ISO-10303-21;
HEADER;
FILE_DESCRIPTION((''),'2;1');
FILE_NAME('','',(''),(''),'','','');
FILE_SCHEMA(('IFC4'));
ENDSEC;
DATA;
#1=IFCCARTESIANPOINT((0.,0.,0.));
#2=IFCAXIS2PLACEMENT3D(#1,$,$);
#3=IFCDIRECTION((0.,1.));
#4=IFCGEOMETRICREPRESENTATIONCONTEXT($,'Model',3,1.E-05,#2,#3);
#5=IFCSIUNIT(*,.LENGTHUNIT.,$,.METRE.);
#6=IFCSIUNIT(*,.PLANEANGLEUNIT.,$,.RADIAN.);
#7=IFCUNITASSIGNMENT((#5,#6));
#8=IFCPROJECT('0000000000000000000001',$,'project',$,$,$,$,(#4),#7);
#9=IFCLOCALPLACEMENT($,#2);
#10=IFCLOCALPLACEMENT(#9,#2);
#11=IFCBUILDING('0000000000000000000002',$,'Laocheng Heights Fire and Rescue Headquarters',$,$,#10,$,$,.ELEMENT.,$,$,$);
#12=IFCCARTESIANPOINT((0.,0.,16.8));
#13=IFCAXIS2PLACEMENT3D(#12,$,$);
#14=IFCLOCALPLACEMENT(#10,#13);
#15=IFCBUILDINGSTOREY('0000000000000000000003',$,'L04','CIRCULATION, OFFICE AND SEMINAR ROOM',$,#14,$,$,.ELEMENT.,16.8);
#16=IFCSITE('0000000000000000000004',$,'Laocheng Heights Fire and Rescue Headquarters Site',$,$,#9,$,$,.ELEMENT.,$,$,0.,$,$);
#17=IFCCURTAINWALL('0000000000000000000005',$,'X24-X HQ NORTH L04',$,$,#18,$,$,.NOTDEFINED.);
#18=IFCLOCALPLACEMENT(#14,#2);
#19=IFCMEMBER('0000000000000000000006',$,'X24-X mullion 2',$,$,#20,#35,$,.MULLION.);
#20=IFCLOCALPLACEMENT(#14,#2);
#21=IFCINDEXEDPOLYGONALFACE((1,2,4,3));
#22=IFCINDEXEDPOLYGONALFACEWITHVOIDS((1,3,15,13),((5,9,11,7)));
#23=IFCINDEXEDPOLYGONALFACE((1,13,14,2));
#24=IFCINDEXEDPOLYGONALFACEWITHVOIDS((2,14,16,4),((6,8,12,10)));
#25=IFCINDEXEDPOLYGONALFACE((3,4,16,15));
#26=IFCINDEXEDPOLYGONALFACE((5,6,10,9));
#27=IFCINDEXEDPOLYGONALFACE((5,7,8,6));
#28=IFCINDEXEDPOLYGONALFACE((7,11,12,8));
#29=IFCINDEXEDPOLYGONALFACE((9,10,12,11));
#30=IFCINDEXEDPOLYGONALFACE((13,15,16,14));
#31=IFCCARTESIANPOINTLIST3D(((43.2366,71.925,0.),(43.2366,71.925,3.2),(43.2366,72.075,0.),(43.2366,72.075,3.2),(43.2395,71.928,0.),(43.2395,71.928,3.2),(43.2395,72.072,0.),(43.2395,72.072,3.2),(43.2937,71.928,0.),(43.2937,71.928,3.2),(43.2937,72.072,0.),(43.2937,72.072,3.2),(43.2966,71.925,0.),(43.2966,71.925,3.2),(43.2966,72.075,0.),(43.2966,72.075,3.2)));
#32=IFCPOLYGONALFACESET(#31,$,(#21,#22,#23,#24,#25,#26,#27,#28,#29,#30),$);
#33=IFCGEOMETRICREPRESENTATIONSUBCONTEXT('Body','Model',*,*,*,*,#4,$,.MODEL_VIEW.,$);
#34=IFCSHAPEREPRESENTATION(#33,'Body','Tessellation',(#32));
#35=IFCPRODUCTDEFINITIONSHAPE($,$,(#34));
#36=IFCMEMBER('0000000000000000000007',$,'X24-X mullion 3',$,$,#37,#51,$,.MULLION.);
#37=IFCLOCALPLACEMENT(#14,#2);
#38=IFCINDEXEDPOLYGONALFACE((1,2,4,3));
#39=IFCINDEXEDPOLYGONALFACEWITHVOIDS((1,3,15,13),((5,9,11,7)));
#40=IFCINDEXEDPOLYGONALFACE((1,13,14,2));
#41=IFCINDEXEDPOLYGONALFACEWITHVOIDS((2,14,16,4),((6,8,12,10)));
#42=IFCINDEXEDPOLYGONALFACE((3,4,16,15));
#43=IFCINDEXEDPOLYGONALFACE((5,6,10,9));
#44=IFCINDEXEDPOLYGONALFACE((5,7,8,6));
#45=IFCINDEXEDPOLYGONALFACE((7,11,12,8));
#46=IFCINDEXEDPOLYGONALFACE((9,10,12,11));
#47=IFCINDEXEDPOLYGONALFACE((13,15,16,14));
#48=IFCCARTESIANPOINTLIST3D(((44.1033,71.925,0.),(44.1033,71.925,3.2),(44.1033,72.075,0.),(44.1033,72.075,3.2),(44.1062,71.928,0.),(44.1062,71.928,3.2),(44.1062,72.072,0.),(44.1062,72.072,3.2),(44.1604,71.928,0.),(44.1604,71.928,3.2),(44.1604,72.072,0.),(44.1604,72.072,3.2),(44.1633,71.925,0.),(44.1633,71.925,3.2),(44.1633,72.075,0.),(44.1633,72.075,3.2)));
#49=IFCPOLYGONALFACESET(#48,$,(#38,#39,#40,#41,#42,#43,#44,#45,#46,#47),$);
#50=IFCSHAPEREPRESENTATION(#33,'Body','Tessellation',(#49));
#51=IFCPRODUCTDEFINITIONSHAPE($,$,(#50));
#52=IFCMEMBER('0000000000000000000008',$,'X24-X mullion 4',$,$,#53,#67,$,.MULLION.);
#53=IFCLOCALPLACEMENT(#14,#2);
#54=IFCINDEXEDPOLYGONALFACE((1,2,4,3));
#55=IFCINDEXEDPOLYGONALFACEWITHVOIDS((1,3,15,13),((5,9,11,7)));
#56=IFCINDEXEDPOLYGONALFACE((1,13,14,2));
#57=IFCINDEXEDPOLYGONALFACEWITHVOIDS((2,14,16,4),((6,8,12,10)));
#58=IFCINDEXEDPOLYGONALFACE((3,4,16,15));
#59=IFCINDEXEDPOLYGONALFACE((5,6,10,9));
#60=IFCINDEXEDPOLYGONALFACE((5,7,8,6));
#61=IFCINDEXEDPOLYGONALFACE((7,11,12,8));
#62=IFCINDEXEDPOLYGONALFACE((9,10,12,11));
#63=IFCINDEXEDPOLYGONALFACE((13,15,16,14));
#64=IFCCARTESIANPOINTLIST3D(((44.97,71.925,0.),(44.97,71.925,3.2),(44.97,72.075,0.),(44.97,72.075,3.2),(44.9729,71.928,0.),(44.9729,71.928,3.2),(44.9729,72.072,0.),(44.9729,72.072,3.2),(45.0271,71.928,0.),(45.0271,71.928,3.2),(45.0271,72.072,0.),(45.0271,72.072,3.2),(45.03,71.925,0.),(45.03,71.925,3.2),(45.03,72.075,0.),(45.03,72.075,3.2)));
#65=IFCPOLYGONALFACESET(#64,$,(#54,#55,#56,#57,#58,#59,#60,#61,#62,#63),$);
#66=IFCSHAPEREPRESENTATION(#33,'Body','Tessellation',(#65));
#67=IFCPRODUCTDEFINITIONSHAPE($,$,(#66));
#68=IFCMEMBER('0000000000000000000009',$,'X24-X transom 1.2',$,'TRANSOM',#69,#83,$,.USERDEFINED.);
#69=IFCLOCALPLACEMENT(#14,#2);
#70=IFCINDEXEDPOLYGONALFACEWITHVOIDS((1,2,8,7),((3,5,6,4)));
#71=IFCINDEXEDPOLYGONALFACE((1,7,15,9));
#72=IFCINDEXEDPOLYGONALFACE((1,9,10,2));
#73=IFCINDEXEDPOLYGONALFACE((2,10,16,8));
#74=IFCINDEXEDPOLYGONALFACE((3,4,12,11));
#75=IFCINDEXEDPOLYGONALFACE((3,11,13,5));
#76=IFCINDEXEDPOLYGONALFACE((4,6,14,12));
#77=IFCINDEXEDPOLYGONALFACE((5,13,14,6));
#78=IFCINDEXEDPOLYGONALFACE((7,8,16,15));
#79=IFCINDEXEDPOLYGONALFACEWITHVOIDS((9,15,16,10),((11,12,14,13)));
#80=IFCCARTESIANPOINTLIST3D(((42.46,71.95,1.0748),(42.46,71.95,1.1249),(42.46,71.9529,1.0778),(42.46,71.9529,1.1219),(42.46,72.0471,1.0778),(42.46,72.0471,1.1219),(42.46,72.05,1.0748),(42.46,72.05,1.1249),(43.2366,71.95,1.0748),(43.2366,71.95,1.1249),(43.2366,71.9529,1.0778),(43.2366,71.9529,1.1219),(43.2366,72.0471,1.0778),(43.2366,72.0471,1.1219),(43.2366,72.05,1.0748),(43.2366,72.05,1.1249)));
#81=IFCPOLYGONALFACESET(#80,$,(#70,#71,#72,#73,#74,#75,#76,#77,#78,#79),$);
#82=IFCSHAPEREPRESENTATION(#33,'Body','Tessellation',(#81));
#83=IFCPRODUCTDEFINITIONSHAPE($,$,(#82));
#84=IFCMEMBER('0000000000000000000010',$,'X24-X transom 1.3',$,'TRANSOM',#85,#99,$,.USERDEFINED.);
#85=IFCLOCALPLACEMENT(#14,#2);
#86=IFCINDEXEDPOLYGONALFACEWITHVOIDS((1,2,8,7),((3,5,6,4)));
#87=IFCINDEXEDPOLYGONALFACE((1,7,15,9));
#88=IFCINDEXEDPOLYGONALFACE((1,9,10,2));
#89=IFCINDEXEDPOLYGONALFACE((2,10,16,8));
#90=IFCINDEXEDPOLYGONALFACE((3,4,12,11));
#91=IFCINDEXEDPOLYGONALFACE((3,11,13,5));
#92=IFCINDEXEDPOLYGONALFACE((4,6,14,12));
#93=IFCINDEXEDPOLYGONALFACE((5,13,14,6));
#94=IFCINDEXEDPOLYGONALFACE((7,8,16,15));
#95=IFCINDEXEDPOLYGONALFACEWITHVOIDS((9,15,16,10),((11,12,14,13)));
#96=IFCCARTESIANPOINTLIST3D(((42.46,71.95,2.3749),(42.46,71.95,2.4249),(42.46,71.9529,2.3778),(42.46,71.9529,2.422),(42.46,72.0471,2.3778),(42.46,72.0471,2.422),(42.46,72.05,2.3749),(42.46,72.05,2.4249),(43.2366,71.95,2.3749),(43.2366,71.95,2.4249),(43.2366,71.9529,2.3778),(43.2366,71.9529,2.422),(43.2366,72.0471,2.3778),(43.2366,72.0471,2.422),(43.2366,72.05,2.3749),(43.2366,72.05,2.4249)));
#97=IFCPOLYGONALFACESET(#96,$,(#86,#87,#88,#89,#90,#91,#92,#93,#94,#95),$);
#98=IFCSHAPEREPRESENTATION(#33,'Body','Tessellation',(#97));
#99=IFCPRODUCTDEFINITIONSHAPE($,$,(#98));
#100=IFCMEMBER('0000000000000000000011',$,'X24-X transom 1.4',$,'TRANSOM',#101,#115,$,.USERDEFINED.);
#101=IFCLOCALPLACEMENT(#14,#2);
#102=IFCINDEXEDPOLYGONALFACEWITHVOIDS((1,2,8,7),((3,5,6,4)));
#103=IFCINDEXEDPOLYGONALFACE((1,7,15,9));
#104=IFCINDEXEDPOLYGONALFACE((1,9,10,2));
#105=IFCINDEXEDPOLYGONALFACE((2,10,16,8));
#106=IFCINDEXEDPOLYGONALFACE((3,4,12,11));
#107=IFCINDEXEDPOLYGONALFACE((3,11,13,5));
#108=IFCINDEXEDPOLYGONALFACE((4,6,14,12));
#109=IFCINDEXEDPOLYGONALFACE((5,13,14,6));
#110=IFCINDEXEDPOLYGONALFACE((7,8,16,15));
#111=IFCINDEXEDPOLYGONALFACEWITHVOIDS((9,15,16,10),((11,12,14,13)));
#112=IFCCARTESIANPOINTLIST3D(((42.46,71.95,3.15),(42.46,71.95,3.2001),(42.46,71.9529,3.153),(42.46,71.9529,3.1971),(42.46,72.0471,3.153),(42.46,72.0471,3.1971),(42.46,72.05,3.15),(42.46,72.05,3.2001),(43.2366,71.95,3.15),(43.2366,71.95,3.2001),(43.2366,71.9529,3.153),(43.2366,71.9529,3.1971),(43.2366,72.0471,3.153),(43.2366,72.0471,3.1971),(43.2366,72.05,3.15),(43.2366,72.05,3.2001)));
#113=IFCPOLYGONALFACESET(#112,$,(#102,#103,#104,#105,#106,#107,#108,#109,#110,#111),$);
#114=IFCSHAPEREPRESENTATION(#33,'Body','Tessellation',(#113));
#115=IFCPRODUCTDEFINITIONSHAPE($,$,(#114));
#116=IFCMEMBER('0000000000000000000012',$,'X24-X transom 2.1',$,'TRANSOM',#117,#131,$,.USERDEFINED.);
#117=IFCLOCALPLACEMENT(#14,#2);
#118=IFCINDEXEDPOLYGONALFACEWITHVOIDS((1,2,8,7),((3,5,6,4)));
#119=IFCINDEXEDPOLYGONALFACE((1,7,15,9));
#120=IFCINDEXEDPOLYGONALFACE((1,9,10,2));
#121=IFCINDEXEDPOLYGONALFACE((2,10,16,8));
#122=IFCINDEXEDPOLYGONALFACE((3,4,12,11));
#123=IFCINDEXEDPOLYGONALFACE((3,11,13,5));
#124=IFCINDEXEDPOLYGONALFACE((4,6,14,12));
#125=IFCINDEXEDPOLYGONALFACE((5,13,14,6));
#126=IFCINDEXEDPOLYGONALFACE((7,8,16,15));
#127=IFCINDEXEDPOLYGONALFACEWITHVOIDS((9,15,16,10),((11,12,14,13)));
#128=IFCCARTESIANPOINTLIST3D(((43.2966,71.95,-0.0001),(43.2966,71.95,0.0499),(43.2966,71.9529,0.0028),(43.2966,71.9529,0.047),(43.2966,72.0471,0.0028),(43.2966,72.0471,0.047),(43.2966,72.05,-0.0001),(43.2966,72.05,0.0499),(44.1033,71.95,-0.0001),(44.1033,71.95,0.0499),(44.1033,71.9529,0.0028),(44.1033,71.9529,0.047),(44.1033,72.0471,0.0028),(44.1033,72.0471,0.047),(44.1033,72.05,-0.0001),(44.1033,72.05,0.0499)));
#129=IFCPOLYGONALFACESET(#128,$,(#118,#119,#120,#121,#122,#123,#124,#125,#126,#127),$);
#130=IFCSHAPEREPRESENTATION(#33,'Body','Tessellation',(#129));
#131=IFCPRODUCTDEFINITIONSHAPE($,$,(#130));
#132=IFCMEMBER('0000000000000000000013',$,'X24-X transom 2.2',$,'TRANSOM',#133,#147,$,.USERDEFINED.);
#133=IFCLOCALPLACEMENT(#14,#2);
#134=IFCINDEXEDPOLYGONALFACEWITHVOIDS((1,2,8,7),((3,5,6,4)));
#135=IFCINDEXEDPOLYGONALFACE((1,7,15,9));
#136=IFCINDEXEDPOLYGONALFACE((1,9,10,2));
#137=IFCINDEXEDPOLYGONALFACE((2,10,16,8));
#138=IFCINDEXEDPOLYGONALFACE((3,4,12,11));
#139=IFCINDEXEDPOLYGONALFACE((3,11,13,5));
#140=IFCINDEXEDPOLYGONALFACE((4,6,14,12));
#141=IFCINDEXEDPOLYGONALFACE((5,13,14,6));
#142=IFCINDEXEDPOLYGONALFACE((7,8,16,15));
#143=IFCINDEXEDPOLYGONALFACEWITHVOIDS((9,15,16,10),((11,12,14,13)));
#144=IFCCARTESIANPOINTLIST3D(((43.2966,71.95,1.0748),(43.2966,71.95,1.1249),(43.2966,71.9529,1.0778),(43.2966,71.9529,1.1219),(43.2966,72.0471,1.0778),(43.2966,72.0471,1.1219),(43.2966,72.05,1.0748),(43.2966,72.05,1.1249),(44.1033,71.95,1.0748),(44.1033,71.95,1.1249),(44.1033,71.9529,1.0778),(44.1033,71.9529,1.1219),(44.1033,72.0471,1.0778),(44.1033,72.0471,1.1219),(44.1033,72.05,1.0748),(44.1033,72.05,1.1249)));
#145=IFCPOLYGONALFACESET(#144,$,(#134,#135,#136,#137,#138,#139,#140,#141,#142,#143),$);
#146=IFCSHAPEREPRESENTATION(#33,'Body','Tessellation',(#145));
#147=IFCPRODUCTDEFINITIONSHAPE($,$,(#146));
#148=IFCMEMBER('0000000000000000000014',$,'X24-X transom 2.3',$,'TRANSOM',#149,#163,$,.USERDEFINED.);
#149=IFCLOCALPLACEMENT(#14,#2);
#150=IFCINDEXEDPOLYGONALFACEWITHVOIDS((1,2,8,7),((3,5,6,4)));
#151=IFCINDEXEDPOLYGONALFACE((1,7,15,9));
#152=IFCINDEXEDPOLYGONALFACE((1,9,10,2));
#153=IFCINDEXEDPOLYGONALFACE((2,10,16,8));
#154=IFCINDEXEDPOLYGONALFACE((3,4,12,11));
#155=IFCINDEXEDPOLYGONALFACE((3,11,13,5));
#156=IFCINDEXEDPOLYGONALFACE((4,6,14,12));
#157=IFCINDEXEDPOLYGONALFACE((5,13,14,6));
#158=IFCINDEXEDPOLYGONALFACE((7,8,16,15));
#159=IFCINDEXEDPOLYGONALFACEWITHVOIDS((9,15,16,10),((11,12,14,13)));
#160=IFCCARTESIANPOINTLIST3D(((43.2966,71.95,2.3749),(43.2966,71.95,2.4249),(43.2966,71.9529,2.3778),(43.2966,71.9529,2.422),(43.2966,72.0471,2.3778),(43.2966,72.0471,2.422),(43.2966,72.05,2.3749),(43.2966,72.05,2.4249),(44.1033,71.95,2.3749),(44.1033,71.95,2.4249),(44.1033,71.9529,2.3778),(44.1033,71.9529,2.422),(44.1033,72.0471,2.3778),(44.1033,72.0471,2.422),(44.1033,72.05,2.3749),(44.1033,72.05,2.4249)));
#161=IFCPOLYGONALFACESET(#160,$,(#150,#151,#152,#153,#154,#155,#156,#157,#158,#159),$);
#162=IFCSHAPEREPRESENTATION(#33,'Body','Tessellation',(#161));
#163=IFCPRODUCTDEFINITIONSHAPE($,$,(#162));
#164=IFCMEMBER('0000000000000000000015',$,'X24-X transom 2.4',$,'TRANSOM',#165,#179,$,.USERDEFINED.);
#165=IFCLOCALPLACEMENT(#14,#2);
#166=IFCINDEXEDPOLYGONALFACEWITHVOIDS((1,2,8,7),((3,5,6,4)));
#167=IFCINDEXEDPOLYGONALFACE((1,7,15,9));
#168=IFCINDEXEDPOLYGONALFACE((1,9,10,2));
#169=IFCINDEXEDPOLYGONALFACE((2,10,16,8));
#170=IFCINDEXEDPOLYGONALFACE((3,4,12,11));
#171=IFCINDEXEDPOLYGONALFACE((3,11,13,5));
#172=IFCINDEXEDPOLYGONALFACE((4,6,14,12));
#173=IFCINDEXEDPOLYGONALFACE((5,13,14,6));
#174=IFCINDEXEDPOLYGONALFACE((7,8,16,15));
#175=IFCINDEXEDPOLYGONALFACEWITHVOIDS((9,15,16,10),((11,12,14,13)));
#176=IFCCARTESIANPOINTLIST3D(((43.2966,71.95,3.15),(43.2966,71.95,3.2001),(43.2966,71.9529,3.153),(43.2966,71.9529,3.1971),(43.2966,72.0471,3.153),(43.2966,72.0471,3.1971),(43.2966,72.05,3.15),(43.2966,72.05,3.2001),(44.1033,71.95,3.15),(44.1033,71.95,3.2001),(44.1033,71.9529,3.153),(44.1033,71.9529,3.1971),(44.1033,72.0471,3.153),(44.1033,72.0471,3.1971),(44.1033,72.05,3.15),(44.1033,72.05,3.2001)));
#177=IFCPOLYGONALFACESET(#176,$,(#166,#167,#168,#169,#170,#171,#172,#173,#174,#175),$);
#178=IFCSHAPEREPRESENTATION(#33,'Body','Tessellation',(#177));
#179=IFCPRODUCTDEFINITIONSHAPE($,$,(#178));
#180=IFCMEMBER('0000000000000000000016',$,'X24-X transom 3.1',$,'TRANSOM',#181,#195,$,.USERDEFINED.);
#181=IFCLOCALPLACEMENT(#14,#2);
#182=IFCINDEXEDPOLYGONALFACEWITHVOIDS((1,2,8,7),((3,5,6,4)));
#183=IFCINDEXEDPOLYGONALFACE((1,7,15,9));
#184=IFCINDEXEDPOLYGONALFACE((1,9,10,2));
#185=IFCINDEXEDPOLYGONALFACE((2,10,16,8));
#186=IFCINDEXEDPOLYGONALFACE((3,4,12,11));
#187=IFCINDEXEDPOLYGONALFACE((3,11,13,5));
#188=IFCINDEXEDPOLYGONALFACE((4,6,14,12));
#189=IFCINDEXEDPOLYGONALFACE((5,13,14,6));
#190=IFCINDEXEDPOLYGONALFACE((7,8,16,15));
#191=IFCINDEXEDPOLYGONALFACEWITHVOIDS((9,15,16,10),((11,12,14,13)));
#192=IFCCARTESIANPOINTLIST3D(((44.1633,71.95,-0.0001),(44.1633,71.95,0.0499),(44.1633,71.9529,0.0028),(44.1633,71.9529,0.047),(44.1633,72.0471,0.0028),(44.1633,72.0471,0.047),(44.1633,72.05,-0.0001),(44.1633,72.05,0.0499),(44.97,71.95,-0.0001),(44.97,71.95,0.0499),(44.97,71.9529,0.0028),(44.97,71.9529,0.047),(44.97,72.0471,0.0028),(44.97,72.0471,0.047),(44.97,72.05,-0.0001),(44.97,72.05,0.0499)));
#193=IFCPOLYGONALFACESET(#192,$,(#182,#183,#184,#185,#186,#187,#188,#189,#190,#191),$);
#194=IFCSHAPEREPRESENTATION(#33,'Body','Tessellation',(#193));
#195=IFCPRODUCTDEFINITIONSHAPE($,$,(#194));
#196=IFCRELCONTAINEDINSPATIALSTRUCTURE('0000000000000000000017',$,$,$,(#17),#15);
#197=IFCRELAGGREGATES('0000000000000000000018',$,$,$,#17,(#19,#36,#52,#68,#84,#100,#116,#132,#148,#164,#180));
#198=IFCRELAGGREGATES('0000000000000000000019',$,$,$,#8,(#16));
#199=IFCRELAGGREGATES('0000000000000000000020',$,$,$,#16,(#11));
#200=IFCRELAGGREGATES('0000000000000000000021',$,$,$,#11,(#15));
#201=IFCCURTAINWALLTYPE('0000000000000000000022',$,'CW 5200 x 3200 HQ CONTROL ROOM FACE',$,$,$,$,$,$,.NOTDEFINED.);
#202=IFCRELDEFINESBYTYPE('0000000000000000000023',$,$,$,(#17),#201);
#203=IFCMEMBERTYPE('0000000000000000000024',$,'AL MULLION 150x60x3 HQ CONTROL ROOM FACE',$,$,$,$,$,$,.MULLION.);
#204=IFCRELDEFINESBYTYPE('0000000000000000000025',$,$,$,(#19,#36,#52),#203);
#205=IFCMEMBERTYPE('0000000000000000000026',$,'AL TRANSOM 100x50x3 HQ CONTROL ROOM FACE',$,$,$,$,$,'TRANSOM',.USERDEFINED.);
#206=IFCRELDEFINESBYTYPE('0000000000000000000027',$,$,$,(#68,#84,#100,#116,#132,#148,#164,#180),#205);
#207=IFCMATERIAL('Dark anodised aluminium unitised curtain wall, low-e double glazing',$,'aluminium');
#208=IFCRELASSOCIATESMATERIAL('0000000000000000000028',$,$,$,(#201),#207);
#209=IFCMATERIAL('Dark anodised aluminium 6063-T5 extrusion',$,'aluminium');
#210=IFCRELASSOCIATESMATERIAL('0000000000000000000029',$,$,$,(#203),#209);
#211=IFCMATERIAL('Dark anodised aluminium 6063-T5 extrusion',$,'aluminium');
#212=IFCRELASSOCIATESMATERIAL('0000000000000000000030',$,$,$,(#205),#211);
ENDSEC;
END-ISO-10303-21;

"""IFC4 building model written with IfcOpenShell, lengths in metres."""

from ifc_helpers import new_model, si_unit, direction, frame, origin, origin_2d, place, context, subcontext, project, spatial, hollow_rectangle, extrude, material, material_profile, profile_set, type_object, element, aggregate, save


model = new_model("IFC4")

# Units and contexts
model_context = context("Model", 3, precision=1e-05, world=origin(), true_north=direction((0.0, 1.0)))
body_context = subcontext(model_context, "Body", "Model", "MODEL_VIEW")
ifc_project = project(units=[si_unit("LENGTHUNIT", "METRE"), si_unit("PLANEANGLEUNIT", "RADIAN")], contexts=[model_context])

# Site, building, storey
site_placement = place(None, origin())
site = spatial("IfcSite", under=ifc_project, at=site_placement, Name="Laocheng Heights Fire and Rescue Headquarters Site", CompositionType="ELEMENT", RefElevation=0.0)
building_placement = place(site_placement, origin())
building = spatial("IfcBuilding", under=site, at=building_placement, Name="Laocheng Heights Fire and Rescue Headquarters", CompositionType="ELEMENT")
storey_placement = place(building_placement, frame((0.0, 0.0, 16.8)))
storey = spatial("IfcBuildingStorey", under=building, at=storey_placement, Name="L04", Description="CIRCULATION, OFFICE AND SEMINAR ROOM", CompositionType="ELEMENT", Elevation=16.8)

# Curtain wall, members
ifc_material_1 = material(Name="Dark anodised aluminium unitised curtain wall, low-e double glazing", Category="aluminium")
curtain_wall_type = type_object("IfcCurtainWallType", Name="CW 5200 x 3200 HQ CONTROL ROOM FACE", PredefinedType="NOTDEFINED", material=ifc_material_1)
curtain_wall_placement = place(storey_placement, origin())
curtain_wall = element("IfcCurtainWall", 1, at=curtain_wall_placement, inside=storey, type_object=curtain_wall_type, Name="X24-X HQ NORTH L04", PredefinedType="NOTDEFINED")
ifc_material_2 = material(Name="Dark anodised aluminium 6063-T5 extrusion", Category="aluminium")
ifc_material_profile_1 = material_profile(ifc_material_2, hollow_rectangle(XDim=0.1499, YDim=0.0601, WallThickness=0.0029, at=origin_2d()), Name="AL MULLION 150x60x3 HQ CONTROL ROOM FACE")
ifc_profile_set_1 = profile_set([ifc_material_profile_1], Name="Dark anodised aluminium 6063-T5 extrusion")
member_type_1 = type_object("IfcMemberType", Name="AL MULLION 150x60x3 HQ CONTROL ROOM FACE", PredefinedType="MULLION", material=ifc_profile_set_1)
member_1_placement = place(storey_placement, frame((43.2666, 72.0, 0.0), z_axis=(0.0, 0.0, 1.0), x_axis=(0.0, 1.0, 0.0)))
member_1 = element("IfcMember", 2, at=member_1_placement, type_object=member_type_1, Name="X24-X mullion 2", PredefinedType="MULLION", context=body_context, shape_type="SweptSolid", body=[
    extrude(hollow_rectangle(XDim=0.1499, YDim=0.0601, WallThickness=0.0029, at=origin_2d()), origin(), (0.0, 0.0, 1.0), 3.2),
])
member_2_placement = place(storey_placement, frame((44.1333, 72.0, 0.0), z_axis=(0.0, 0.0, 1.0), x_axis=(0.0, 1.0, 0.0)))
member_2 = element("IfcMember", 3, at=member_2_placement, type_object=member_type_1, Name="X24-X mullion 3", PredefinedType="MULLION", context=body_context, shape_type="SweptSolid", body=[
    extrude(hollow_rectangle(XDim=0.1499, YDim=0.0601, WallThickness=0.0029, at=origin_2d()), origin(), (0.0, 0.0, 1.0), 3.2),
])
member_3_placement = place(storey_placement, frame((45.0, 72.0, 0.0), z_axis=(0.0, 0.0, 1.0), x_axis=(0.0, 1.0, 0.0)))
member_3 = element("IfcMember", 4, at=member_3_placement, type_object=member_type_1, Name="X24-X mullion 4", PredefinedType="MULLION", context=body_context, shape_type="SweptSolid", body=[
    extrude(hollow_rectangle(XDim=0.1499, YDim=0.0601, WallThickness=0.0029, at=origin_2d()), origin(), (0.0, 0.0, 1.0), 3.2),
])
ifc_material_3 = material(Name="Dark anodised aluminium 6063-T5 extrusion", Category="aluminium")
ifc_material_profile_2 = material_profile(ifc_material_3, hollow_rectangle(XDim=0.1001, YDim=0.05, WallThickness=0.0029, at=origin_2d()), Name="AL TRANSOM 100x50x3 HQ CONTROL ROOM FACE")
ifc_profile_set_2 = profile_set([ifc_material_profile_2], Name="Dark anodised aluminium 6063-T5 extrusion")
member_type_2 = type_object("IfcMemberType", Name="AL TRANSOM 100x50x3 HQ CONTROL ROOM FACE", ElementType="TRANSOM", PredefinedType="USERDEFINED", material=ifc_profile_set_2)
member_4_placement = place(storey_placement, frame((42.46, 72.0, 1.0999), z_axis=(1.0, 0.0, 0.0), x_axis=(0.0, 1.0, 0.0)))
member_4 = element("IfcMember", 5, at=member_4_placement, type_object=member_type_2, Name="X24-X transom 1.2", ObjectType="TRANSOM", PredefinedType="USERDEFINED", context=body_context, shape_type="SweptSolid", body=[
    extrude(hollow_rectangle(XDim=0.1001, YDim=0.05, WallThickness=0.0029, at=origin_2d()), origin(), (0.0, 0.0, 1.0), 0.7766),
])
member_5_placement = place(storey_placement, frame((42.46, 72.0, 2.3999), z_axis=(1.0, 0.0, 0.0), x_axis=(0.0, 1.0, 0.0)))
member_5 = element("IfcMember", 6, at=member_5_placement, type_object=member_type_2, Name="X24-X transom 1.3", ObjectType="TRANSOM", PredefinedType="USERDEFINED", context=body_context, shape_type="SweptSolid", body=[
    extrude(hollow_rectangle(XDim=0.1001, YDim=0.05, WallThickness=0.0029, at=origin_2d()), origin(), (0.0, 0.0, 1.0), 0.7766),
])
member_6_placement = place(storey_placement, frame((42.46, 72.0, 3.175), z_axis=(1.0, 0.0, 0.0), x_axis=(0.0, 1.0, 0.0)))
member_6 = element("IfcMember", 7, at=member_6_placement, type_object=member_type_2, Name="X24-X transom 1.4", ObjectType="TRANSOM", PredefinedType="USERDEFINED", context=body_context, shape_type="SweptSolid", body=[
    extrude(hollow_rectangle(XDim=0.1001, YDim=0.05, WallThickness=0.0029, at=origin_2d()), origin(), (0.0, 0.0, 1.0), 0.7766),
])
member_7_placement = place(storey_placement, frame((43.2966, 72.0, 0.0249), z_axis=(1.0, 0.0, 0.0), x_axis=(0.0, 1.0, 0.0)))
member_7 = element("IfcMember", 8, at=member_7_placement, type_object=member_type_2, Name="X24-X transom 2.1", ObjectType="TRANSOM", PredefinedType="USERDEFINED", context=body_context, shape_type="SweptSolid", body=[
    extrude(hollow_rectangle(XDim=0.1001, YDim=0.05, WallThickness=0.0029, at=origin_2d()), origin(), (0.0, 0.0, 1.0), 0.8066),
])
member_8_placement = place(storey_placement, frame((43.2966, 72.0, 1.0999), z_axis=(1.0, 0.0, 0.0), x_axis=(0.0, 1.0, 0.0)))
member_8 = element("IfcMember", 9, at=member_8_placement, type_object=member_type_2, Name="X24-X transom 2.2", ObjectType="TRANSOM", PredefinedType="USERDEFINED", context=body_context, shape_type="SweptSolid", body=[
    extrude(hollow_rectangle(XDim=0.1001, YDim=0.05, WallThickness=0.0029, at=origin_2d()), origin(), (0.0, 0.0, 1.0), 0.8066),
])
member_9_placement = place(storey_placement, frame((43.2966, 72.0, 2.3999), z_axis=(1.0, 0.0, 0.0), x_axis=(0.0, 1.0, 0.0)))
member_9 = element("IfcMember", 10, at=member_9_placement, type_object=member_type_2, Name="X24-X transom 2.3", ObjectType="TRANSOM", PredefinedType="USERDEFINED", context=body_context, shape_type="SweptSolid", body=[
    extrude(hollow_rectangle(XDim=0.1001, YDim=0.05, WallThickness=0.0029, at=origin_2d()), origin(), (0.0, 0.0, 1.0), 0.8066),
])
member_10_placement = place(storey_placement, frame((43.2966, 72.0, 3.175), z_axis=(1.0, 0.0, 0.0), x_axis=(0.0, 1.0, 0.0)))
member_10 = element("IfcMember", 11, at=member_10_placement, type_object=member_type_2, Name="X24-X transom 2.4", ObjectType="TRANSOM", PredefinedType="USERDEFINED", context=body_context, shape_type="SweptSolid", body=[
    extrude(hollow_rectangle(XDim=0.1001, YDim=0.05, WallThickness=0.0029, at=origin_2d()), origin(), (0.0, 0.0, 1.0), 0.8066),
])
member_11_placement = place(storey_placement, frame((44.1633, 72.0, 0.0249), z_axis=(1.0, 0.0, 0.0), x_axis=(0.0, 1.0, 0.0)))
member_11 = element("IfcMember", 12, at=member_11_placement, type_object=member_type_2, Name="X24-X transom 3.1", ObjectType="TRANSOM", PredefinedType="USERDEFINED", context=body_context, shape_type="SweptSolid", body=[
    extrude(hollow_rectangle(XDim=0.1001, YDim=0.05, WallThickness=0.0029, at=origin_2d()), origin(), (0.0, 0.0, 1.0), 0.8066),
])
aggregate(curtain_wall, [member_1, member_2, member_3, member_4, member_5, member_6, member_7, member_8, member_9, member_10, member_11])

save(model, "model.ifc")
